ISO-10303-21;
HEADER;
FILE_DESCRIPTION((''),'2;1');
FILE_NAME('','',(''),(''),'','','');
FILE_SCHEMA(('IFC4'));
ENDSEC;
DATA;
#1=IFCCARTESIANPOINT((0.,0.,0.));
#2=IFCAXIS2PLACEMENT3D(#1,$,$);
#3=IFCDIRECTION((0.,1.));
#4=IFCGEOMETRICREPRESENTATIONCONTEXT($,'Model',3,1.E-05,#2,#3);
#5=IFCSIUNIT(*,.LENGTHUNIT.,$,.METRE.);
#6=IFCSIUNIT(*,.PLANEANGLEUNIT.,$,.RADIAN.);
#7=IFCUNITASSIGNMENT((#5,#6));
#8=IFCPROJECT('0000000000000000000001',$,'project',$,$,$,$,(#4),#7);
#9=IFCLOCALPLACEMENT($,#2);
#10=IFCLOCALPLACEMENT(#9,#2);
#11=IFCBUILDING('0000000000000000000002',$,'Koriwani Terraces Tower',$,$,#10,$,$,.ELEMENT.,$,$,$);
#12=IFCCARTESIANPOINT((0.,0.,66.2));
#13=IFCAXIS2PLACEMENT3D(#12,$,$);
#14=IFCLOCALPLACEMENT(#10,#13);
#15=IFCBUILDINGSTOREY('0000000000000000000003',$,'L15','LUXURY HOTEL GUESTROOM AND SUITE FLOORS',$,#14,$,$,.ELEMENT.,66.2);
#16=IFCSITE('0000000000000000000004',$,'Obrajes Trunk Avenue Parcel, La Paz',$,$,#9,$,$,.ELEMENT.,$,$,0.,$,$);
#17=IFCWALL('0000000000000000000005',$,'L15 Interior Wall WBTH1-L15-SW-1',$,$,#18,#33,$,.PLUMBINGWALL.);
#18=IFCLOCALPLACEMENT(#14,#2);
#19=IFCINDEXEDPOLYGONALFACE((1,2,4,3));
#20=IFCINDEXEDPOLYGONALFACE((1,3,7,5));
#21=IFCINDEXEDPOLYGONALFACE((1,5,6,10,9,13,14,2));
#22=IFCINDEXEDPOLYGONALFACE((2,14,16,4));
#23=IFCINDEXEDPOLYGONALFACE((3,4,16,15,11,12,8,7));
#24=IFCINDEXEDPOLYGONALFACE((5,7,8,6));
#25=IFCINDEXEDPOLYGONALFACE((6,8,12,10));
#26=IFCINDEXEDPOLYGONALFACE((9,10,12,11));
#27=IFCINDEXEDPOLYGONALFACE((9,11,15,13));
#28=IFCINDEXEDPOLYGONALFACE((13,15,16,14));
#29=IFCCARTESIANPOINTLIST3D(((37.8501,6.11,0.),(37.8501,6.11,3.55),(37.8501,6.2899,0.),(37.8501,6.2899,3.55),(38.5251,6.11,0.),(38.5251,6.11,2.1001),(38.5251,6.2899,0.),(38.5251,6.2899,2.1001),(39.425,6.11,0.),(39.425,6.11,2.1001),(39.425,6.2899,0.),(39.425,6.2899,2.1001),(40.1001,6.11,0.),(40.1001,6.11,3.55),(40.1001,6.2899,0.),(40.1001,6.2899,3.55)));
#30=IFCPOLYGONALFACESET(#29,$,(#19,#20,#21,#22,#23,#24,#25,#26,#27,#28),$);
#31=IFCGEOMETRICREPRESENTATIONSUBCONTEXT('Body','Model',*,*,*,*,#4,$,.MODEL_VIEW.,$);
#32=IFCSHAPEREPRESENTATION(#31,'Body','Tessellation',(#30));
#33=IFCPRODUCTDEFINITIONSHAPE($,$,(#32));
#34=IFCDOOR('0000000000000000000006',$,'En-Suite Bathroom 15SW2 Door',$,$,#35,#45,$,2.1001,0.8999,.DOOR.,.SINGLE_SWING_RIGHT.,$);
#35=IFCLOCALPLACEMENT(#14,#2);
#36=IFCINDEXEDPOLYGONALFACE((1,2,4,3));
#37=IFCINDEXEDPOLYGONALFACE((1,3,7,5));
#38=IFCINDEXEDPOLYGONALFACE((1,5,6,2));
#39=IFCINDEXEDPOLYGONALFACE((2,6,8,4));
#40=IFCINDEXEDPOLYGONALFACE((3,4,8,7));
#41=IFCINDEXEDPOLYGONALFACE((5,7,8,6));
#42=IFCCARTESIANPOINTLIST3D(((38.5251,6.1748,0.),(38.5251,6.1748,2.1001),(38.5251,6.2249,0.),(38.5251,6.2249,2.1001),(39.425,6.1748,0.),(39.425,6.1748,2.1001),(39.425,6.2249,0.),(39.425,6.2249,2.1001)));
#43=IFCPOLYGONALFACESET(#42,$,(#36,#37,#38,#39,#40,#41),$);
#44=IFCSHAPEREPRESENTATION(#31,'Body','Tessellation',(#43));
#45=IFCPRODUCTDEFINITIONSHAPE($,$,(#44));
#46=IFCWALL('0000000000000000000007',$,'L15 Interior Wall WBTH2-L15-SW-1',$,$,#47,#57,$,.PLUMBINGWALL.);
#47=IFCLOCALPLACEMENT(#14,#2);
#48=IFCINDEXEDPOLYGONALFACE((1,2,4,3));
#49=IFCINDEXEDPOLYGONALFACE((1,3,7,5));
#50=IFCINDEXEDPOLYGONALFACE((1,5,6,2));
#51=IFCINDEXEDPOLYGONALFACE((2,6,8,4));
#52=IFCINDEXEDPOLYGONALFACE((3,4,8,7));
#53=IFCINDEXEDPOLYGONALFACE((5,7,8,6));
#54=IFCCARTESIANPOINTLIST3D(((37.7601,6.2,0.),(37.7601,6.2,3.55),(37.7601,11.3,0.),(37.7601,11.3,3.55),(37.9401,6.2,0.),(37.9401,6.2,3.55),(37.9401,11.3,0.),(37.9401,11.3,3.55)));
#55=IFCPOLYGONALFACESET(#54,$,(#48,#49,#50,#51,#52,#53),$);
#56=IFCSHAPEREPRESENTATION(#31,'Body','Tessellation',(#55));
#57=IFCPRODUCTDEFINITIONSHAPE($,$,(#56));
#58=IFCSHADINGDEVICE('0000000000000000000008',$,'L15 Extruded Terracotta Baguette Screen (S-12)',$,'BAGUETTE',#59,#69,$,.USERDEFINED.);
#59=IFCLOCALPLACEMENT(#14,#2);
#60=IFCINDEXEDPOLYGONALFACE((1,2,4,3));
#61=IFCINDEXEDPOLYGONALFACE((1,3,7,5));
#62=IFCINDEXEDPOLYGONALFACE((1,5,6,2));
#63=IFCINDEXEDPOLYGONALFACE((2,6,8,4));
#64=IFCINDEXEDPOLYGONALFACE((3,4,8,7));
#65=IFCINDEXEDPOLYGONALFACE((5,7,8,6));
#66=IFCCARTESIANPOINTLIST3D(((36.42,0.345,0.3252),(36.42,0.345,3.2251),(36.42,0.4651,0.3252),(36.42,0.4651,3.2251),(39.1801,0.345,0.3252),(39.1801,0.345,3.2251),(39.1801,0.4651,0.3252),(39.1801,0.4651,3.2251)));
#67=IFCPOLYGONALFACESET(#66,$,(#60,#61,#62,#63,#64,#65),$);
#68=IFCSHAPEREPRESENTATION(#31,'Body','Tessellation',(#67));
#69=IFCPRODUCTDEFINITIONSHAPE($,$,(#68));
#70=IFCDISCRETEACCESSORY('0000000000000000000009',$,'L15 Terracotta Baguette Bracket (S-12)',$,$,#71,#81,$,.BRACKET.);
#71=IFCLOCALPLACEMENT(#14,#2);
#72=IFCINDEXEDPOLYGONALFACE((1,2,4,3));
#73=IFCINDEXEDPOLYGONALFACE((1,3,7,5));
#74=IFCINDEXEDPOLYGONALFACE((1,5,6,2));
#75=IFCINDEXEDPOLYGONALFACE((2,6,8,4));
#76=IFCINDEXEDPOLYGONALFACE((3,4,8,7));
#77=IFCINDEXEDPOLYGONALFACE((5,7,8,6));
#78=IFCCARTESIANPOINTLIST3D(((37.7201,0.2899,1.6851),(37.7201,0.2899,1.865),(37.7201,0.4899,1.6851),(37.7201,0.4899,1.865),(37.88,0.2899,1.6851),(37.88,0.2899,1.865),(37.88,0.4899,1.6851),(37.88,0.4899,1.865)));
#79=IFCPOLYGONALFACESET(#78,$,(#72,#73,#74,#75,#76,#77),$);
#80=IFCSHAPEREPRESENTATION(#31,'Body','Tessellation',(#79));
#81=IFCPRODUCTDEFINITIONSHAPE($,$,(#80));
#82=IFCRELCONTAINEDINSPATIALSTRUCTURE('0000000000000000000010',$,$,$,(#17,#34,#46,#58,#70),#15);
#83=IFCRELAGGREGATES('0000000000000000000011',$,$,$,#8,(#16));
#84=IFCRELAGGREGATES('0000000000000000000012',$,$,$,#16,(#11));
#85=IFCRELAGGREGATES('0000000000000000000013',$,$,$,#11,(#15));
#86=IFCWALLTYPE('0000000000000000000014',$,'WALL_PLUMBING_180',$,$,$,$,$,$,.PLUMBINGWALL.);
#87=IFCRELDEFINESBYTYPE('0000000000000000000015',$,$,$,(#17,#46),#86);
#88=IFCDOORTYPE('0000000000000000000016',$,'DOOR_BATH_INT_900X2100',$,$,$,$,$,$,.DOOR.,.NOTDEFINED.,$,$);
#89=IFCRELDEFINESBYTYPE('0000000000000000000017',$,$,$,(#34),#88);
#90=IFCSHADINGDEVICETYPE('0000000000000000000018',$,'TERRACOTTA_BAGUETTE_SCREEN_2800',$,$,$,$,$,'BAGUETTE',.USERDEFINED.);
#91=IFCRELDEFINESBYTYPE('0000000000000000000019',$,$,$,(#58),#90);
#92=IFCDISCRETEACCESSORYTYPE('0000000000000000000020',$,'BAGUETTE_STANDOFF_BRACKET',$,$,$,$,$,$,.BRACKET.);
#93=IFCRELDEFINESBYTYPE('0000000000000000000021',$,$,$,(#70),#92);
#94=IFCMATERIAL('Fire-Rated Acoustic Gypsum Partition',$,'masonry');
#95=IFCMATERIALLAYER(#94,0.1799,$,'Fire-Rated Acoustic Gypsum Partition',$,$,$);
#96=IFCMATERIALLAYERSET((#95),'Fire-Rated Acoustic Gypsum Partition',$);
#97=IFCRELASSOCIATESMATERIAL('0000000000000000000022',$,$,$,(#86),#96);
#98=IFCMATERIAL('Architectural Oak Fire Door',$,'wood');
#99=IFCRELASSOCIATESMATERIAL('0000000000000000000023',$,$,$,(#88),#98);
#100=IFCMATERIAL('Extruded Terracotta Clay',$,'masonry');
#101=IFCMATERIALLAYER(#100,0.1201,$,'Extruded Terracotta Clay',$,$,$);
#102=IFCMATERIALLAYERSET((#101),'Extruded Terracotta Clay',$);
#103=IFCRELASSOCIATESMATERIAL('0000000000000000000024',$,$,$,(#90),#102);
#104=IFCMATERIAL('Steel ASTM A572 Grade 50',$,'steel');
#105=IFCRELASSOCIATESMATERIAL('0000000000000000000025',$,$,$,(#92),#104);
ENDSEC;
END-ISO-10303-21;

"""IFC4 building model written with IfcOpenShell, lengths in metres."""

from ifc_helpers import new_model, si_unit, direction, frame, frame_2d, origin, origin_2d, place, context, subcontext, project, spatial, rectangle, extrude, material, layer, layer_set, type_object, element, fill, save


model = new_model("IFC4")

# Units and contexts
model_context = context("Model", 3, precision=1e-05, world=origin(), true_north=direction((0.0, 1.0)))
body_context = subcontext(model_context, "Body", "Model", "MODEL_VIEW")
ifc_project = project(units=[si_unit("LENGTHUNIT", "METRE"), si_unit("PLANEANGLEUNIT", "RADIAN")], contexts=[model_context])

# Site, building, storey
site_placement = place(None, origin())
site = spatial("IfcSite", under=ifc_project, at=site_placement, Name="Obrajes Trunk Avenue Parcel, La Paz", CompositionType="ELEMENT", RefElevation=0.0)
building_placement = place(site_placement, origin())
building = spatial("IfcBuilding", under=site, at=building_placement, Name="Koriwani Terraces Tower", CompositionType="ELEMENT")
storey_placement = place(building_placement, frame((0.0, 0.0, 66.2)))
storey = spatial("IfcBuildingStorey", under=building, at=storey_placement, Name="L15", Description="LUXURY HOTEL GUESTROOM AND SUITE FLOORS", CompositionType="ELEMENT", Elevation=66.2)

# Shared definitions
ifc_material_1 = material(Name="Steel ASTM A572 Grade 50", Category="steel")

# Shared definitions
ifc_material_2 = material(Name="Architectural Oak Fire Door", Category="wood")

# Shared definitions
ifc_material_3 = material(Name="Fire-Rated Acoustic Gypsum Partition", Category="masonry")
ifc_layer_1 = layer(ifc_material_3, 0.1799, Name="Fire-Rated Acoustic Gypsum Partition")
ifc_layer_set_1 = layer_set([ifc_layer_1], Name="Fire-Rated Acoustic Gypsum Partition")
wall_type_1 = type_object("IfcWallType", Name="WALL_PLUMBING_180", PredefinedType="PLUMBINGWALL", material=ifc_layer_set_1)

# Wall, opening, door
wall_1_placement = place(storey_placement, frame((37.8501, 6.2, 0.0), z_axis=(0.0, 0.0, 1.0), x_axis=(1.0, 0.0, 0.0)))
wall_1 = element("IfcWall", 1, at=wall_1_placement, inside=storey, type_object=wall_type_1, Name="L15 Interior Wall WBTH1-L15-SW-1", PredefinedType="PLUMBINGWALL", context=body_context, shape_type="SweptSolid", body=[
    extrude(rectangle(XDim=2.25, YDim=0.1799, at=frame_2d((1.125, 0.0))), origin(), (0.0, 0.0, 1.0), 3.55),
])
opening_1_placement = place(wall_1_placement, frame((0.675, 0.0, 0.0)))
opening_1 = element("IfcOpeningElement", 2, at=opening_1_placement, cuts=wall_1, PredefinedType="OPENING", context=body_context, shape_type="SweptSolid", body=[
    extrude(rectangle(XDim=0.8999, YDim=2.1001, at=frame_2d((0.45, 1.05))), frame((0.0, 0.1001, 0.0), z_axis=(0.0, -1.0, 0.0), x_axis=(1.0, 0.0, 0.0)), (0.0, 0.0, 1.0), 0.2),
])
door_type_1 = type_object("IfcDoorType", Name="DOOR_BATH_INT_900X2100", OperationType="NOTDEFINED", PredefinedType="DOOR", material=ifc_material_2)
door_1_placement = place(opening_1_placement, origin())
door_1 = element("IfcDoor", 3, at=door_1_placement, inside=storey, type_object=door_type_1, Name="En-Suite Bathroom 15SW2 Door", OperationType="SINGLE_SWING_RIGHT", OverallHeight=2.1001, OverallWidth=0.8999, PredefinedType="DOOR", context=body_context, shape_type="SweptSolid", body=[
    extrude(rectangle(XDim=0.8999, YDim=2.1001, at=frame_2d((0.45, 1.05))), frame((0.0, 0.0249, 0.0), z_axis=(0.0, -1.0, 0.0), x_axis=(1.0, 0.0, 0.0)), (0.0, 0.0, 1.0), 0.05),
])
fill(opening_1, door_1)

# Wall
wall_2_placement = place(storey_placement, frame((37.8501, 6.2, 0.0), z_axis=(0.0, 0.0, 1.0), x_axis=(0.0, 1.0, 0.0)))
element("IfcWall", 4, at=wall_2_placement, inside=storey, type_object=wall_type_1, Name="L15 Interior Wall WBTH2-L15-SW-1", PredefinedType="PLUMBINGWALL", context=body_context, shape_type="SweptSolid", body=[
    extrude(rectangle(XDim=5.1001, YDim=0.1799, at=frame_2d((2.55, 0.0))), origin(), (0.0, 0.0, 1.0), 3.55),
])

# Shading device
ifc_material_4 = material(Name="Extruded Terracotta Clay", Category="masonry")
ifc_layer_2 = layer(ifc_material_4, 0.1201, Name="Extruded Terracotta Clay")
ifc_layer_set_2 = layer_set([ifc_layer_2], Name="Extruded Terracotta Clay")
shading_device_type = type_object("IfcShadingDeviceType", Name="TERRACOTTA_BAGUETTE_SCREEN_2800", ElementType="BAGUETTE", PredefinedType="USERDEFINED", material=ifc_layer_set_2)
shading_device_placement = place(storey_placement, frame((37.8, 0.405, 0.3252), z_axis=(0.0, 0.0, 1.0), x_axis=(-1.0, 0.0, 0.0)))
element("IfcShadingDevice", 5, at=shading_device_placement, inside=storey, type_object=shading_device_type, Name="L15 Extruded Terracotta Baguette Screen (S-12)", ObjectType="BAGUETTE", PredefinedType="USERDEFINED", context=body_context, shape_type="SweptSolid", body=[
    extrude(rectangle(XDim=2.76, YDim=0.1201, at=origin_2d()), origin(), (0.0, 0.0, 1.0), 2.8999),
])

# Discrete accessory
discrete_accessory_type = type_object("IfcDiscreteAccessoryType", Name="BAGUETTE_STANDOFF_BRACKET", PredefinedType="BRACKET", material=ifc_material_1)
discrete_accessory_placement = place(storey_placement, frame((37.8, 0.3899, 1.6851), z_axis=(0.0, 0.0, 1.0), x_axis=(-1.0, 0.0, 0.0)))
element("IfcDiscreteAccessory", 6, at=discrete_accessory_placement, inside=storey, type_object=discrete_accessory_type, Name="L15 Terracotta Baguette Bracket (S-12)", PredefinedType="BRACKET", context=body_context, shape_type="SweptSolid", body=[
    extrude(rectangle(XDim=0.1599, YDim=0.2, at=origin_2d()), origin(), (0.0, 0.0, 1.0), 0.1799),
])

save(model, "model.ifc")
